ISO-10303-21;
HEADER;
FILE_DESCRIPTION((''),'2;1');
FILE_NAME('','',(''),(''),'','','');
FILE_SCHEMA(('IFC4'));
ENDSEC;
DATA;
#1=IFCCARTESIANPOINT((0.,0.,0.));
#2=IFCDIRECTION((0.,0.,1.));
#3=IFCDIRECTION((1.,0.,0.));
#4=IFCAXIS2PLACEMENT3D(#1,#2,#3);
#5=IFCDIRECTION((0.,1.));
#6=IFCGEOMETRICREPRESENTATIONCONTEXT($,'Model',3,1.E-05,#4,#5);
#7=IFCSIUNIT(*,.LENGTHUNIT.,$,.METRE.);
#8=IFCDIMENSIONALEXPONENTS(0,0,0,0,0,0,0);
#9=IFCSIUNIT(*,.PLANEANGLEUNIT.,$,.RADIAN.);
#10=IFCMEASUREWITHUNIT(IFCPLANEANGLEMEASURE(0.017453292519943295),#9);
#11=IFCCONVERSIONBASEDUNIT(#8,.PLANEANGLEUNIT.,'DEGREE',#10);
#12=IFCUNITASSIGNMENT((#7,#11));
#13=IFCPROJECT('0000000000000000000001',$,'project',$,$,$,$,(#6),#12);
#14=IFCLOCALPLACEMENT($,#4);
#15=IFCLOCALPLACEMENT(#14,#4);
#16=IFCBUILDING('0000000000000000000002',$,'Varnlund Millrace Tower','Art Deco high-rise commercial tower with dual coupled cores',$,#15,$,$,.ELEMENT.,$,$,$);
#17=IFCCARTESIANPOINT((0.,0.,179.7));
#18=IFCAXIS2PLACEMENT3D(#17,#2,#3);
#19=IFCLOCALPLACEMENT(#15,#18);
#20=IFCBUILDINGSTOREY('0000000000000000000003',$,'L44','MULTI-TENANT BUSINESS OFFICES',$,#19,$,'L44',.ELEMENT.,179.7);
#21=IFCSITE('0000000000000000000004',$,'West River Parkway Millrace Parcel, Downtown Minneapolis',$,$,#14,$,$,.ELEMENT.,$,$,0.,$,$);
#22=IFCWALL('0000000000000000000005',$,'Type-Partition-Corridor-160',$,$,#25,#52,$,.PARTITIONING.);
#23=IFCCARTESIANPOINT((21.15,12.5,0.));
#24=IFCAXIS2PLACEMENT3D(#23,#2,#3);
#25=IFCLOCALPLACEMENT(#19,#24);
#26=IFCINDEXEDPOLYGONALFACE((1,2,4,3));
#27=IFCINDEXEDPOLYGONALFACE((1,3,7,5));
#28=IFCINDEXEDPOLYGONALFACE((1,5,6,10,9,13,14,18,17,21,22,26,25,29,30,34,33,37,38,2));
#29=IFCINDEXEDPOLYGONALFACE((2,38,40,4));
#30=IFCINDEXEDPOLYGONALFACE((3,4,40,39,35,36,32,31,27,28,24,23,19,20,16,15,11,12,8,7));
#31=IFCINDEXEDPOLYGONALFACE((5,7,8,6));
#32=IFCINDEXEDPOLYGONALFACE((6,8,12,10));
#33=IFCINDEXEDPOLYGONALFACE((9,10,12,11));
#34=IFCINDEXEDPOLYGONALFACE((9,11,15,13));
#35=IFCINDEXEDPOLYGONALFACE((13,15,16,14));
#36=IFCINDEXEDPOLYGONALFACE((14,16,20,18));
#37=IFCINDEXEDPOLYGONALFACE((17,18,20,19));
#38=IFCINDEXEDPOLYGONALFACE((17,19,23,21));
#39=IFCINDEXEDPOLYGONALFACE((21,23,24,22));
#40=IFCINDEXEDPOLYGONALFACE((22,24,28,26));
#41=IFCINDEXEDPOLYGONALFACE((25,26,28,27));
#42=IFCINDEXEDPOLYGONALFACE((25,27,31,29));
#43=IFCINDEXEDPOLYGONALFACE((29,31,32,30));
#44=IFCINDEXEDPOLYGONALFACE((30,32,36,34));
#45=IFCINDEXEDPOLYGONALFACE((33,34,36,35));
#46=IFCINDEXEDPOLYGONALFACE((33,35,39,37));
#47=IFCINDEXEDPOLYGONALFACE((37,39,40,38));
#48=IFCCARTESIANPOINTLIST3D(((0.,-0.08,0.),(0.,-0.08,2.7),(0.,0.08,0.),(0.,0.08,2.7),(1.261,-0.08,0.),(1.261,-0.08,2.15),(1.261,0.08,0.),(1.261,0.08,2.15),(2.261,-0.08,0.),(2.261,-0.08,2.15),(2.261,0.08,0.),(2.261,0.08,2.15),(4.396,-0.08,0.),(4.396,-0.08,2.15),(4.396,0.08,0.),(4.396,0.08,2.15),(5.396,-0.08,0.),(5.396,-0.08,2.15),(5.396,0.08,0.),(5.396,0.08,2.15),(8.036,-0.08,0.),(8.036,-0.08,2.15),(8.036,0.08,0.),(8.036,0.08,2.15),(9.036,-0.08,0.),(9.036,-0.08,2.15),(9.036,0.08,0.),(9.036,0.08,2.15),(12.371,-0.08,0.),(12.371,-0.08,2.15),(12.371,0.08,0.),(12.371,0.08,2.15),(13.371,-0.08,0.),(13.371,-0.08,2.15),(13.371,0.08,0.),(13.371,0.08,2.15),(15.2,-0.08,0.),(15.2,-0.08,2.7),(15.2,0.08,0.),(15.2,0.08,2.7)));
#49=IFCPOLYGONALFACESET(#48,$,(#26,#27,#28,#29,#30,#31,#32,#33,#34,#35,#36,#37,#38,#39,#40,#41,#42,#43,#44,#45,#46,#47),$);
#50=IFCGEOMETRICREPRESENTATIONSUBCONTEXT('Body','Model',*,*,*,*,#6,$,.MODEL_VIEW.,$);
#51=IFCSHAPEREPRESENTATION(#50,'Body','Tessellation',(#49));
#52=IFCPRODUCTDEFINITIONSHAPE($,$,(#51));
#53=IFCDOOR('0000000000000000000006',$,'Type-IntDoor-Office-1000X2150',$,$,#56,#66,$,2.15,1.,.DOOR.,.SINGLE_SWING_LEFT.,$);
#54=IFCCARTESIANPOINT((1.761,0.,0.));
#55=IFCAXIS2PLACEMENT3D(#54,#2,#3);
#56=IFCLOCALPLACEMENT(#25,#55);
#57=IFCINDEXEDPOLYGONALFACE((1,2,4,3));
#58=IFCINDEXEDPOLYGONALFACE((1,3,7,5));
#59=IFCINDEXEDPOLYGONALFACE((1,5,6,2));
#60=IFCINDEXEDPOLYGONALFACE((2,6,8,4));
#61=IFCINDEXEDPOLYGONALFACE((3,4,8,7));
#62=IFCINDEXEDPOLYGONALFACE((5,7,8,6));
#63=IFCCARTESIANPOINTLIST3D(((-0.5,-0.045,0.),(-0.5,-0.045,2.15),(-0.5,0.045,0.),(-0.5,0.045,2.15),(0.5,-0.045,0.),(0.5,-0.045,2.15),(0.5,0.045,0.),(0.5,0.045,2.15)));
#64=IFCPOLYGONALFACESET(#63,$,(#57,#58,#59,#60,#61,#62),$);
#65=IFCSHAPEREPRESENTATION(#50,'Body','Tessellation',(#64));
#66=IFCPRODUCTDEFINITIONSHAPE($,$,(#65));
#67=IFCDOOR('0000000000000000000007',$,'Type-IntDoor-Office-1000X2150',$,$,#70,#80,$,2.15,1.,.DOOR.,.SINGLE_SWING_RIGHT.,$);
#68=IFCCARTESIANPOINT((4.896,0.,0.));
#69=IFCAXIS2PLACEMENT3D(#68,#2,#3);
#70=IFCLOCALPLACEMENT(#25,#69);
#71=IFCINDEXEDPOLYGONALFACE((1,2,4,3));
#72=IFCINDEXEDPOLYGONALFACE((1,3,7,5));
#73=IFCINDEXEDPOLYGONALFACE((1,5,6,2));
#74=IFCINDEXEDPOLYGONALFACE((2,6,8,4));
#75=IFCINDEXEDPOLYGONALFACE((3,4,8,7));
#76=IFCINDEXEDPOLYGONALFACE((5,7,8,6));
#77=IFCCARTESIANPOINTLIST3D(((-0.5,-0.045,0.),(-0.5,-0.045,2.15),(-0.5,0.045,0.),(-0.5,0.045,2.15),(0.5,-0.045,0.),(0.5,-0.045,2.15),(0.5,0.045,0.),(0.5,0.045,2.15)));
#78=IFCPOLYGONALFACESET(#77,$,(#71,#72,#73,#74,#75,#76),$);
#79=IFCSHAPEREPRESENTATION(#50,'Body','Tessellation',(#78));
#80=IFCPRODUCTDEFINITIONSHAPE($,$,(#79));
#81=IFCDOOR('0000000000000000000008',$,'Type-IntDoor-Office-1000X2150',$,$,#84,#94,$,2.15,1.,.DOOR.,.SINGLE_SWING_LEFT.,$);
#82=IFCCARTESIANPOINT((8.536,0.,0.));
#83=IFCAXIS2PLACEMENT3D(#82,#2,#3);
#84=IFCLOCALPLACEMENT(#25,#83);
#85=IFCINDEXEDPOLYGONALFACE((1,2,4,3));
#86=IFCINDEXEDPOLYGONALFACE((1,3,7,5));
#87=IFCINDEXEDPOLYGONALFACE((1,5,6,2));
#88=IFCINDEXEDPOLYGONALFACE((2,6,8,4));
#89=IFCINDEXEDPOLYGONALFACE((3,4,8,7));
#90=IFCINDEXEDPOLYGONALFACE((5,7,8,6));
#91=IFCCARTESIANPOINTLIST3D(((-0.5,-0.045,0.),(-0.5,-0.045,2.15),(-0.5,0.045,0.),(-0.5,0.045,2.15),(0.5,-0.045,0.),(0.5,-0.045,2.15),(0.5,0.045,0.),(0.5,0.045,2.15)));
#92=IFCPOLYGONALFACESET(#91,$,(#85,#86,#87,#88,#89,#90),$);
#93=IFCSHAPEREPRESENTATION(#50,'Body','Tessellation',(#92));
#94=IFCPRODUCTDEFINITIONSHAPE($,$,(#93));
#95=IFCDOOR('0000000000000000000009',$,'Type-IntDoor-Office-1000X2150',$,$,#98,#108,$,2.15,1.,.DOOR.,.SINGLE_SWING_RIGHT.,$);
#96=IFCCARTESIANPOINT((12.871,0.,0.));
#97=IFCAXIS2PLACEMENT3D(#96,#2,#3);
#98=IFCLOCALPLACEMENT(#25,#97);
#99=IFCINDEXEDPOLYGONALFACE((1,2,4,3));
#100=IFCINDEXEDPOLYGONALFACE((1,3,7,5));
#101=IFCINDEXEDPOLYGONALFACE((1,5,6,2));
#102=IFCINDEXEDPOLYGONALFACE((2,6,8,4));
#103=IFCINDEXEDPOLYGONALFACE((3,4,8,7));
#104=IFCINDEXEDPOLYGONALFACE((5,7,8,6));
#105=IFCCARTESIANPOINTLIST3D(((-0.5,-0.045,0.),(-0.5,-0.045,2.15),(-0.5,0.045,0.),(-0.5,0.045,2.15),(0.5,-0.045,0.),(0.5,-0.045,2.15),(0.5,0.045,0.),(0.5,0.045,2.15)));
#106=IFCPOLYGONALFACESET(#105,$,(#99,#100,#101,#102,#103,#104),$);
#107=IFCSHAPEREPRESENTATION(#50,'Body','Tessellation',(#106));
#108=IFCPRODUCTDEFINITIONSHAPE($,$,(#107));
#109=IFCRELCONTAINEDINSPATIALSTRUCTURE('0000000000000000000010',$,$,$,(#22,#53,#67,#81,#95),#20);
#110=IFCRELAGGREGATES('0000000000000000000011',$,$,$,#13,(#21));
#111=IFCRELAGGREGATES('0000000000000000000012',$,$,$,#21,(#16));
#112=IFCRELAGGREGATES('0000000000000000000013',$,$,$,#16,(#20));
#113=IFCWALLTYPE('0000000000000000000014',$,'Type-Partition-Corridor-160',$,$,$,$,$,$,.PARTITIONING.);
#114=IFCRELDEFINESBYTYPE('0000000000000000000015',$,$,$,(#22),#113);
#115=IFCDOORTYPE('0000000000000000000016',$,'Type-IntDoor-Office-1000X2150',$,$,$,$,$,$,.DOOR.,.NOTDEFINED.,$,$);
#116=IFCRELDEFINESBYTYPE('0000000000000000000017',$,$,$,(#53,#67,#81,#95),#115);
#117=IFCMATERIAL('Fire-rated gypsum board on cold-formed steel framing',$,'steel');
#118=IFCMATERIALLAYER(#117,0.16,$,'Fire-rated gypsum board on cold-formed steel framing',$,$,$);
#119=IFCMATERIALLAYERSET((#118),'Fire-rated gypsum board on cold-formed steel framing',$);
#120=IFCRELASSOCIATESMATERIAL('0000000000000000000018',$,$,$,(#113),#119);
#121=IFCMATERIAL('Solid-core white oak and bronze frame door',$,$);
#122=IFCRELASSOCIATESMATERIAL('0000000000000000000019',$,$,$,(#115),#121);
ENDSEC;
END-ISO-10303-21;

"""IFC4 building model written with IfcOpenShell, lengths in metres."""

from ifc_helpers import new_model, entity, si_unit, converted_unit, direction, frame, origin_with_axes, origin_2d_with_axis, place, context, subcontext, project, spatial, polyline, rectangle, outline, extrude, material, layer, layer_set, type_object, element, fill, save


model = new_model("IFC4")

# Units and contexts
model_context = context("Model", 3, precision=1e-05, world=origin_with_axes(), true_north=direction((0.0, 1.0)))
body_context = subcontext(model_context, "Body", "Model", "MODEL_VIEW")
ifc_project = project(units=[si_unit("LENGTHUNIT", "METRE"), converted_unit("PLANEANGLEUNIT", "DEGREE", entity("IfcPlaneAngleMeasure", 0.017453292519943295), si_unit("PLANEANGLEUNIT", "RADIAN"), dimensions=[0, 0, 0, 0, 0, 0, 0])], contexts=[model_context])

# Site, building, storey
site_placement = place(None, origin_with_axes())
site = spatial("IfcSite", under=ifc_project, at=site_placement, Name="West River Parkway Millrace Parcel, Downtown Minneapolis", CompositionType="ELEMENT", RefElevation=0.0)
building_placement = place(site_placement, origin_with_axes())
building = spatial("IfcBuilding", under=site, at=building_placement, Name="Varnlund Millrace Tower", Description="Art Deco high-rise commercial tower with dual coupled cores", CompositionType="ELEMENT")
storey_placement = place(building_placement, frame((0.0, 0.0, 179.7), z_axis=(0.0, 0.0, 1.0), x_axis=(1.0, 0.0, 0.0)))
storey = spatial("IfcBuildingStorey", under=building, at=storey_placement, Name="L44", Description="MULTI-TENANT BUSINESS OFFICES", LongName="L44", CompositionType="ELEMENT", Elevation=179.7)

# Wall, openings, doors
ifc_material_1 = material(Name="Fire-rated gypsum board on cold-formed steel framing", Category="steel")
ifc_layer_1 = layer(ifc_material_1, 0.16, Name="Fire-rated gypsum board on cold-formed steel framing")
ifc_layer_set_1 = layer_set([ifc_layer_1], Name="Fire-rated gypsum board on cold-formed steel framing")
wall_type_1 = type_object("IfcWallType", Name="Type-Partition-Corridor-160", PredefinedType="PARTITIONING", material=ifc_layer_set_1)
ifc_material_2 = material(Name="Solid-core white oak and bronze frame door")
door_type_1 = type_object("IfcDoorType", Name="Type-IntDoor-Office-1000X2150", OperationType="NOTDEFINED", PredefinedType="DOOR", material=ifc_material_2)
wall_1_placement = place(storey_placement, frame((21.15, 12.5, 0.0), z_axis=(0.0, 0.0, 1.0), x_axis=(1.0, 0.0, 0.0)))
wall_1 = element("IfcWall", 1, at=wall_1_placement, inside=storey, type_object=wall_type_1, Name="Type-Partition-Corridor-160", PredefinedType="PARTITIONING", context=body_context, shape_type="SweptSolid", body=[
    extrude(outline(polyline([(0.0, -0.08), (15.2, -0.08), (15.2, 0.08), (0.0, 0.08), (0.0, -0.08)])), origin_with_axes(), (0.0, 0.0, 1.0), 2.7),
])
opening_1_placement = place(wall_1_placement, frame((1.761, 0.0, 0.0), z_axis=(0.0, 0.0, 1.0), x_axis=(1.0, 0.0, 0.0)))
opening_1 = element("IfcOpeningElement", 2, at=opening_1_placement, cuts=wall_1, PredefinedType="OPENING", context=body_context, shape_type="SweptSolid", body=[
    extrude(rectangle(XDim=1.0, YDim=0.18, at=origin_2d_with_axis()), origin_with_axes(), (0.0, 0.0, 1.0), 2.15),
])
opening_2_placement = place(wall_1_placement, frame((4.896, 0.0, 0.0), z_axis=(0.0, 0.0, 1.0), x_axis=(1.0, 0.0, 0.0)))
opening_2 = element("IfcOpeningElement", 3, at=opening_2_placement, cuts=wall_1, PredefinedType="OPENING", context=body_context, shape_type="SweptSolid", body=[
    extrude(rectangle(XDim=1.0, YDim=0.18, at=origin_2d_with_axis()), origin_with_axes(), (0.0, 0.0, 1.0), 2.15),
])
opening_3_placement = place(wall_1_placement, frame((8.536, 0.0, 0.0), z_axis=(0.0, 0.0, 1.0), x_axis=(1.0, 0.0, 0.0)))
opening_3 = element("IfcOpeningElement", 4, at=opening_3_placement, cuts=wall_1, PredefinedType="OPENING", context=body_context, shape_type="SweptSolid", body=[
    extrude(rectangle(XDim=1.0, YDim=0.18, at=origin_2d_with_axis()), origin_with_axes(), (0.0, 0.0, 1.0), 2.15),
])
opening_4_placement = place(wall_1_placement, frame((12.871, 0.0, 0.0), z_axis=(0.0, 0.0, 1.0), x_axis=(1.0, 0.0, 0.0)))
opening_4 = element("IfcOpeningElement", 5, at=opening_4_placement, cuts=wall_1, PredefinedType="OPENING", context=body_context, shape_type="SweptSolid", body=[
    extrude(rectangle(XDim=1.0, YDim=0.18, at=origin_2d_with_axis()), origin_with_axes(), (0.0, 0.0, 1.0), 2.15),
])
door_1_placement = place(wall_1_placement, frame((1.761, 0.0, 0.0), z_axis=(0.0, 0.0, 1.0), x_axis=(1.0, 0.0, 0.0)))
door_1 = element("IfcDoor", 6, at=door_1_placement, inside=storey, type_object=door_type_1, Name="Type-IntDoor-Office-1000X2150", OperationType="SINGLE_SWING_LEFT", OverallHeight=2.15, OverallWidth=1.0, PredefinedType="DOOR", context=body_context, shape_type="SweptSolid", body=[
    extrude(rectangle(XDim=1.0, YDim=0.09, at=origin_2d_with_axis()), origin_with_axes(), (0.0, 0.0, 1.0), 2.15),
])
fill(opening_1, door_1)
door_2_placement = place(wall_1_placement, frame((4.896, 0.0, 0.0), z_axis=(0.0, 0.0, 1.0), x_axis=(1.0, 0.0, 0.0)))
door_2 = element("IfcDoor", 7, at=door_2_placement, inside=storey, type_object=door_type_1, Name="Type-IntDoor-Office-1000X2150", OperationType="SINGLE_SWING_RIGHT", OverallHeight=2.15, OverallWidth=1.0, PredefinedType="DOOR", context=body_context, shape_type="SweptSolid", body=[
    extrude(rectangle(XDim=1.0, YDim=0.09, at=origin_2d_with_axis()), origin_with_axes(), (0.0, 0.0, 1.0), 2.15),
])
fill(opening_2, door_2)
door_3_placement = place(wall_1_placement, frame((8.536, 0.0, 0.0), z_axis=(0.0, 0.0, 1.0), x_axis=(1.0, 0.0, 0.0)))
door_3 = element("IfcDoor", 8, at=door_3_placement, inside=storey, type_object=door_type_1, Name="Type-IntDoor-Office-1000X2150", OperationType="SINGLE_SWING_LEFT", OverallHeight=2.15, OverallWidth=1.0, PredefinedType="DOOR", context=body_context, shape_type="SweptSolid", body=[
    extrude(rectangle(XDim=1.0, YDim=0.09, at=origin_2d_with_axis()), origin_with_axes(), (0.0, 0.0, 1.0), 2.15),
])
fill(opening_3, door_3)
door_4_placement = place(wall_1_placement, frame((12.871, 0.0, 0.0), z_axis=(0.0, 0.0, 1.0), x_axis=(1.0, 0.0, 0.0)))
door_4 = element("IfcDoor", 9, at=door_4_placement, inside=storey, type_object=door_type_1, Name="Type-IntDoor-Office-1000X2150", OperationType="SINGLE_SWING_RIGHT", OverallHeight=2.15, OverallWidth=1.0, PredefinedType="DOOR", context=body_context, shape_type="SweptSolid", body=[
    extrude(rectangle(XDim=1.0, YDim=0.09, at=origin_2d_with_axis()), origin_with_axes(), (0.0, 0.0, 1.0), 2.15),
])
fill(opening_4, door_4)

save(model, "model.ifc")
